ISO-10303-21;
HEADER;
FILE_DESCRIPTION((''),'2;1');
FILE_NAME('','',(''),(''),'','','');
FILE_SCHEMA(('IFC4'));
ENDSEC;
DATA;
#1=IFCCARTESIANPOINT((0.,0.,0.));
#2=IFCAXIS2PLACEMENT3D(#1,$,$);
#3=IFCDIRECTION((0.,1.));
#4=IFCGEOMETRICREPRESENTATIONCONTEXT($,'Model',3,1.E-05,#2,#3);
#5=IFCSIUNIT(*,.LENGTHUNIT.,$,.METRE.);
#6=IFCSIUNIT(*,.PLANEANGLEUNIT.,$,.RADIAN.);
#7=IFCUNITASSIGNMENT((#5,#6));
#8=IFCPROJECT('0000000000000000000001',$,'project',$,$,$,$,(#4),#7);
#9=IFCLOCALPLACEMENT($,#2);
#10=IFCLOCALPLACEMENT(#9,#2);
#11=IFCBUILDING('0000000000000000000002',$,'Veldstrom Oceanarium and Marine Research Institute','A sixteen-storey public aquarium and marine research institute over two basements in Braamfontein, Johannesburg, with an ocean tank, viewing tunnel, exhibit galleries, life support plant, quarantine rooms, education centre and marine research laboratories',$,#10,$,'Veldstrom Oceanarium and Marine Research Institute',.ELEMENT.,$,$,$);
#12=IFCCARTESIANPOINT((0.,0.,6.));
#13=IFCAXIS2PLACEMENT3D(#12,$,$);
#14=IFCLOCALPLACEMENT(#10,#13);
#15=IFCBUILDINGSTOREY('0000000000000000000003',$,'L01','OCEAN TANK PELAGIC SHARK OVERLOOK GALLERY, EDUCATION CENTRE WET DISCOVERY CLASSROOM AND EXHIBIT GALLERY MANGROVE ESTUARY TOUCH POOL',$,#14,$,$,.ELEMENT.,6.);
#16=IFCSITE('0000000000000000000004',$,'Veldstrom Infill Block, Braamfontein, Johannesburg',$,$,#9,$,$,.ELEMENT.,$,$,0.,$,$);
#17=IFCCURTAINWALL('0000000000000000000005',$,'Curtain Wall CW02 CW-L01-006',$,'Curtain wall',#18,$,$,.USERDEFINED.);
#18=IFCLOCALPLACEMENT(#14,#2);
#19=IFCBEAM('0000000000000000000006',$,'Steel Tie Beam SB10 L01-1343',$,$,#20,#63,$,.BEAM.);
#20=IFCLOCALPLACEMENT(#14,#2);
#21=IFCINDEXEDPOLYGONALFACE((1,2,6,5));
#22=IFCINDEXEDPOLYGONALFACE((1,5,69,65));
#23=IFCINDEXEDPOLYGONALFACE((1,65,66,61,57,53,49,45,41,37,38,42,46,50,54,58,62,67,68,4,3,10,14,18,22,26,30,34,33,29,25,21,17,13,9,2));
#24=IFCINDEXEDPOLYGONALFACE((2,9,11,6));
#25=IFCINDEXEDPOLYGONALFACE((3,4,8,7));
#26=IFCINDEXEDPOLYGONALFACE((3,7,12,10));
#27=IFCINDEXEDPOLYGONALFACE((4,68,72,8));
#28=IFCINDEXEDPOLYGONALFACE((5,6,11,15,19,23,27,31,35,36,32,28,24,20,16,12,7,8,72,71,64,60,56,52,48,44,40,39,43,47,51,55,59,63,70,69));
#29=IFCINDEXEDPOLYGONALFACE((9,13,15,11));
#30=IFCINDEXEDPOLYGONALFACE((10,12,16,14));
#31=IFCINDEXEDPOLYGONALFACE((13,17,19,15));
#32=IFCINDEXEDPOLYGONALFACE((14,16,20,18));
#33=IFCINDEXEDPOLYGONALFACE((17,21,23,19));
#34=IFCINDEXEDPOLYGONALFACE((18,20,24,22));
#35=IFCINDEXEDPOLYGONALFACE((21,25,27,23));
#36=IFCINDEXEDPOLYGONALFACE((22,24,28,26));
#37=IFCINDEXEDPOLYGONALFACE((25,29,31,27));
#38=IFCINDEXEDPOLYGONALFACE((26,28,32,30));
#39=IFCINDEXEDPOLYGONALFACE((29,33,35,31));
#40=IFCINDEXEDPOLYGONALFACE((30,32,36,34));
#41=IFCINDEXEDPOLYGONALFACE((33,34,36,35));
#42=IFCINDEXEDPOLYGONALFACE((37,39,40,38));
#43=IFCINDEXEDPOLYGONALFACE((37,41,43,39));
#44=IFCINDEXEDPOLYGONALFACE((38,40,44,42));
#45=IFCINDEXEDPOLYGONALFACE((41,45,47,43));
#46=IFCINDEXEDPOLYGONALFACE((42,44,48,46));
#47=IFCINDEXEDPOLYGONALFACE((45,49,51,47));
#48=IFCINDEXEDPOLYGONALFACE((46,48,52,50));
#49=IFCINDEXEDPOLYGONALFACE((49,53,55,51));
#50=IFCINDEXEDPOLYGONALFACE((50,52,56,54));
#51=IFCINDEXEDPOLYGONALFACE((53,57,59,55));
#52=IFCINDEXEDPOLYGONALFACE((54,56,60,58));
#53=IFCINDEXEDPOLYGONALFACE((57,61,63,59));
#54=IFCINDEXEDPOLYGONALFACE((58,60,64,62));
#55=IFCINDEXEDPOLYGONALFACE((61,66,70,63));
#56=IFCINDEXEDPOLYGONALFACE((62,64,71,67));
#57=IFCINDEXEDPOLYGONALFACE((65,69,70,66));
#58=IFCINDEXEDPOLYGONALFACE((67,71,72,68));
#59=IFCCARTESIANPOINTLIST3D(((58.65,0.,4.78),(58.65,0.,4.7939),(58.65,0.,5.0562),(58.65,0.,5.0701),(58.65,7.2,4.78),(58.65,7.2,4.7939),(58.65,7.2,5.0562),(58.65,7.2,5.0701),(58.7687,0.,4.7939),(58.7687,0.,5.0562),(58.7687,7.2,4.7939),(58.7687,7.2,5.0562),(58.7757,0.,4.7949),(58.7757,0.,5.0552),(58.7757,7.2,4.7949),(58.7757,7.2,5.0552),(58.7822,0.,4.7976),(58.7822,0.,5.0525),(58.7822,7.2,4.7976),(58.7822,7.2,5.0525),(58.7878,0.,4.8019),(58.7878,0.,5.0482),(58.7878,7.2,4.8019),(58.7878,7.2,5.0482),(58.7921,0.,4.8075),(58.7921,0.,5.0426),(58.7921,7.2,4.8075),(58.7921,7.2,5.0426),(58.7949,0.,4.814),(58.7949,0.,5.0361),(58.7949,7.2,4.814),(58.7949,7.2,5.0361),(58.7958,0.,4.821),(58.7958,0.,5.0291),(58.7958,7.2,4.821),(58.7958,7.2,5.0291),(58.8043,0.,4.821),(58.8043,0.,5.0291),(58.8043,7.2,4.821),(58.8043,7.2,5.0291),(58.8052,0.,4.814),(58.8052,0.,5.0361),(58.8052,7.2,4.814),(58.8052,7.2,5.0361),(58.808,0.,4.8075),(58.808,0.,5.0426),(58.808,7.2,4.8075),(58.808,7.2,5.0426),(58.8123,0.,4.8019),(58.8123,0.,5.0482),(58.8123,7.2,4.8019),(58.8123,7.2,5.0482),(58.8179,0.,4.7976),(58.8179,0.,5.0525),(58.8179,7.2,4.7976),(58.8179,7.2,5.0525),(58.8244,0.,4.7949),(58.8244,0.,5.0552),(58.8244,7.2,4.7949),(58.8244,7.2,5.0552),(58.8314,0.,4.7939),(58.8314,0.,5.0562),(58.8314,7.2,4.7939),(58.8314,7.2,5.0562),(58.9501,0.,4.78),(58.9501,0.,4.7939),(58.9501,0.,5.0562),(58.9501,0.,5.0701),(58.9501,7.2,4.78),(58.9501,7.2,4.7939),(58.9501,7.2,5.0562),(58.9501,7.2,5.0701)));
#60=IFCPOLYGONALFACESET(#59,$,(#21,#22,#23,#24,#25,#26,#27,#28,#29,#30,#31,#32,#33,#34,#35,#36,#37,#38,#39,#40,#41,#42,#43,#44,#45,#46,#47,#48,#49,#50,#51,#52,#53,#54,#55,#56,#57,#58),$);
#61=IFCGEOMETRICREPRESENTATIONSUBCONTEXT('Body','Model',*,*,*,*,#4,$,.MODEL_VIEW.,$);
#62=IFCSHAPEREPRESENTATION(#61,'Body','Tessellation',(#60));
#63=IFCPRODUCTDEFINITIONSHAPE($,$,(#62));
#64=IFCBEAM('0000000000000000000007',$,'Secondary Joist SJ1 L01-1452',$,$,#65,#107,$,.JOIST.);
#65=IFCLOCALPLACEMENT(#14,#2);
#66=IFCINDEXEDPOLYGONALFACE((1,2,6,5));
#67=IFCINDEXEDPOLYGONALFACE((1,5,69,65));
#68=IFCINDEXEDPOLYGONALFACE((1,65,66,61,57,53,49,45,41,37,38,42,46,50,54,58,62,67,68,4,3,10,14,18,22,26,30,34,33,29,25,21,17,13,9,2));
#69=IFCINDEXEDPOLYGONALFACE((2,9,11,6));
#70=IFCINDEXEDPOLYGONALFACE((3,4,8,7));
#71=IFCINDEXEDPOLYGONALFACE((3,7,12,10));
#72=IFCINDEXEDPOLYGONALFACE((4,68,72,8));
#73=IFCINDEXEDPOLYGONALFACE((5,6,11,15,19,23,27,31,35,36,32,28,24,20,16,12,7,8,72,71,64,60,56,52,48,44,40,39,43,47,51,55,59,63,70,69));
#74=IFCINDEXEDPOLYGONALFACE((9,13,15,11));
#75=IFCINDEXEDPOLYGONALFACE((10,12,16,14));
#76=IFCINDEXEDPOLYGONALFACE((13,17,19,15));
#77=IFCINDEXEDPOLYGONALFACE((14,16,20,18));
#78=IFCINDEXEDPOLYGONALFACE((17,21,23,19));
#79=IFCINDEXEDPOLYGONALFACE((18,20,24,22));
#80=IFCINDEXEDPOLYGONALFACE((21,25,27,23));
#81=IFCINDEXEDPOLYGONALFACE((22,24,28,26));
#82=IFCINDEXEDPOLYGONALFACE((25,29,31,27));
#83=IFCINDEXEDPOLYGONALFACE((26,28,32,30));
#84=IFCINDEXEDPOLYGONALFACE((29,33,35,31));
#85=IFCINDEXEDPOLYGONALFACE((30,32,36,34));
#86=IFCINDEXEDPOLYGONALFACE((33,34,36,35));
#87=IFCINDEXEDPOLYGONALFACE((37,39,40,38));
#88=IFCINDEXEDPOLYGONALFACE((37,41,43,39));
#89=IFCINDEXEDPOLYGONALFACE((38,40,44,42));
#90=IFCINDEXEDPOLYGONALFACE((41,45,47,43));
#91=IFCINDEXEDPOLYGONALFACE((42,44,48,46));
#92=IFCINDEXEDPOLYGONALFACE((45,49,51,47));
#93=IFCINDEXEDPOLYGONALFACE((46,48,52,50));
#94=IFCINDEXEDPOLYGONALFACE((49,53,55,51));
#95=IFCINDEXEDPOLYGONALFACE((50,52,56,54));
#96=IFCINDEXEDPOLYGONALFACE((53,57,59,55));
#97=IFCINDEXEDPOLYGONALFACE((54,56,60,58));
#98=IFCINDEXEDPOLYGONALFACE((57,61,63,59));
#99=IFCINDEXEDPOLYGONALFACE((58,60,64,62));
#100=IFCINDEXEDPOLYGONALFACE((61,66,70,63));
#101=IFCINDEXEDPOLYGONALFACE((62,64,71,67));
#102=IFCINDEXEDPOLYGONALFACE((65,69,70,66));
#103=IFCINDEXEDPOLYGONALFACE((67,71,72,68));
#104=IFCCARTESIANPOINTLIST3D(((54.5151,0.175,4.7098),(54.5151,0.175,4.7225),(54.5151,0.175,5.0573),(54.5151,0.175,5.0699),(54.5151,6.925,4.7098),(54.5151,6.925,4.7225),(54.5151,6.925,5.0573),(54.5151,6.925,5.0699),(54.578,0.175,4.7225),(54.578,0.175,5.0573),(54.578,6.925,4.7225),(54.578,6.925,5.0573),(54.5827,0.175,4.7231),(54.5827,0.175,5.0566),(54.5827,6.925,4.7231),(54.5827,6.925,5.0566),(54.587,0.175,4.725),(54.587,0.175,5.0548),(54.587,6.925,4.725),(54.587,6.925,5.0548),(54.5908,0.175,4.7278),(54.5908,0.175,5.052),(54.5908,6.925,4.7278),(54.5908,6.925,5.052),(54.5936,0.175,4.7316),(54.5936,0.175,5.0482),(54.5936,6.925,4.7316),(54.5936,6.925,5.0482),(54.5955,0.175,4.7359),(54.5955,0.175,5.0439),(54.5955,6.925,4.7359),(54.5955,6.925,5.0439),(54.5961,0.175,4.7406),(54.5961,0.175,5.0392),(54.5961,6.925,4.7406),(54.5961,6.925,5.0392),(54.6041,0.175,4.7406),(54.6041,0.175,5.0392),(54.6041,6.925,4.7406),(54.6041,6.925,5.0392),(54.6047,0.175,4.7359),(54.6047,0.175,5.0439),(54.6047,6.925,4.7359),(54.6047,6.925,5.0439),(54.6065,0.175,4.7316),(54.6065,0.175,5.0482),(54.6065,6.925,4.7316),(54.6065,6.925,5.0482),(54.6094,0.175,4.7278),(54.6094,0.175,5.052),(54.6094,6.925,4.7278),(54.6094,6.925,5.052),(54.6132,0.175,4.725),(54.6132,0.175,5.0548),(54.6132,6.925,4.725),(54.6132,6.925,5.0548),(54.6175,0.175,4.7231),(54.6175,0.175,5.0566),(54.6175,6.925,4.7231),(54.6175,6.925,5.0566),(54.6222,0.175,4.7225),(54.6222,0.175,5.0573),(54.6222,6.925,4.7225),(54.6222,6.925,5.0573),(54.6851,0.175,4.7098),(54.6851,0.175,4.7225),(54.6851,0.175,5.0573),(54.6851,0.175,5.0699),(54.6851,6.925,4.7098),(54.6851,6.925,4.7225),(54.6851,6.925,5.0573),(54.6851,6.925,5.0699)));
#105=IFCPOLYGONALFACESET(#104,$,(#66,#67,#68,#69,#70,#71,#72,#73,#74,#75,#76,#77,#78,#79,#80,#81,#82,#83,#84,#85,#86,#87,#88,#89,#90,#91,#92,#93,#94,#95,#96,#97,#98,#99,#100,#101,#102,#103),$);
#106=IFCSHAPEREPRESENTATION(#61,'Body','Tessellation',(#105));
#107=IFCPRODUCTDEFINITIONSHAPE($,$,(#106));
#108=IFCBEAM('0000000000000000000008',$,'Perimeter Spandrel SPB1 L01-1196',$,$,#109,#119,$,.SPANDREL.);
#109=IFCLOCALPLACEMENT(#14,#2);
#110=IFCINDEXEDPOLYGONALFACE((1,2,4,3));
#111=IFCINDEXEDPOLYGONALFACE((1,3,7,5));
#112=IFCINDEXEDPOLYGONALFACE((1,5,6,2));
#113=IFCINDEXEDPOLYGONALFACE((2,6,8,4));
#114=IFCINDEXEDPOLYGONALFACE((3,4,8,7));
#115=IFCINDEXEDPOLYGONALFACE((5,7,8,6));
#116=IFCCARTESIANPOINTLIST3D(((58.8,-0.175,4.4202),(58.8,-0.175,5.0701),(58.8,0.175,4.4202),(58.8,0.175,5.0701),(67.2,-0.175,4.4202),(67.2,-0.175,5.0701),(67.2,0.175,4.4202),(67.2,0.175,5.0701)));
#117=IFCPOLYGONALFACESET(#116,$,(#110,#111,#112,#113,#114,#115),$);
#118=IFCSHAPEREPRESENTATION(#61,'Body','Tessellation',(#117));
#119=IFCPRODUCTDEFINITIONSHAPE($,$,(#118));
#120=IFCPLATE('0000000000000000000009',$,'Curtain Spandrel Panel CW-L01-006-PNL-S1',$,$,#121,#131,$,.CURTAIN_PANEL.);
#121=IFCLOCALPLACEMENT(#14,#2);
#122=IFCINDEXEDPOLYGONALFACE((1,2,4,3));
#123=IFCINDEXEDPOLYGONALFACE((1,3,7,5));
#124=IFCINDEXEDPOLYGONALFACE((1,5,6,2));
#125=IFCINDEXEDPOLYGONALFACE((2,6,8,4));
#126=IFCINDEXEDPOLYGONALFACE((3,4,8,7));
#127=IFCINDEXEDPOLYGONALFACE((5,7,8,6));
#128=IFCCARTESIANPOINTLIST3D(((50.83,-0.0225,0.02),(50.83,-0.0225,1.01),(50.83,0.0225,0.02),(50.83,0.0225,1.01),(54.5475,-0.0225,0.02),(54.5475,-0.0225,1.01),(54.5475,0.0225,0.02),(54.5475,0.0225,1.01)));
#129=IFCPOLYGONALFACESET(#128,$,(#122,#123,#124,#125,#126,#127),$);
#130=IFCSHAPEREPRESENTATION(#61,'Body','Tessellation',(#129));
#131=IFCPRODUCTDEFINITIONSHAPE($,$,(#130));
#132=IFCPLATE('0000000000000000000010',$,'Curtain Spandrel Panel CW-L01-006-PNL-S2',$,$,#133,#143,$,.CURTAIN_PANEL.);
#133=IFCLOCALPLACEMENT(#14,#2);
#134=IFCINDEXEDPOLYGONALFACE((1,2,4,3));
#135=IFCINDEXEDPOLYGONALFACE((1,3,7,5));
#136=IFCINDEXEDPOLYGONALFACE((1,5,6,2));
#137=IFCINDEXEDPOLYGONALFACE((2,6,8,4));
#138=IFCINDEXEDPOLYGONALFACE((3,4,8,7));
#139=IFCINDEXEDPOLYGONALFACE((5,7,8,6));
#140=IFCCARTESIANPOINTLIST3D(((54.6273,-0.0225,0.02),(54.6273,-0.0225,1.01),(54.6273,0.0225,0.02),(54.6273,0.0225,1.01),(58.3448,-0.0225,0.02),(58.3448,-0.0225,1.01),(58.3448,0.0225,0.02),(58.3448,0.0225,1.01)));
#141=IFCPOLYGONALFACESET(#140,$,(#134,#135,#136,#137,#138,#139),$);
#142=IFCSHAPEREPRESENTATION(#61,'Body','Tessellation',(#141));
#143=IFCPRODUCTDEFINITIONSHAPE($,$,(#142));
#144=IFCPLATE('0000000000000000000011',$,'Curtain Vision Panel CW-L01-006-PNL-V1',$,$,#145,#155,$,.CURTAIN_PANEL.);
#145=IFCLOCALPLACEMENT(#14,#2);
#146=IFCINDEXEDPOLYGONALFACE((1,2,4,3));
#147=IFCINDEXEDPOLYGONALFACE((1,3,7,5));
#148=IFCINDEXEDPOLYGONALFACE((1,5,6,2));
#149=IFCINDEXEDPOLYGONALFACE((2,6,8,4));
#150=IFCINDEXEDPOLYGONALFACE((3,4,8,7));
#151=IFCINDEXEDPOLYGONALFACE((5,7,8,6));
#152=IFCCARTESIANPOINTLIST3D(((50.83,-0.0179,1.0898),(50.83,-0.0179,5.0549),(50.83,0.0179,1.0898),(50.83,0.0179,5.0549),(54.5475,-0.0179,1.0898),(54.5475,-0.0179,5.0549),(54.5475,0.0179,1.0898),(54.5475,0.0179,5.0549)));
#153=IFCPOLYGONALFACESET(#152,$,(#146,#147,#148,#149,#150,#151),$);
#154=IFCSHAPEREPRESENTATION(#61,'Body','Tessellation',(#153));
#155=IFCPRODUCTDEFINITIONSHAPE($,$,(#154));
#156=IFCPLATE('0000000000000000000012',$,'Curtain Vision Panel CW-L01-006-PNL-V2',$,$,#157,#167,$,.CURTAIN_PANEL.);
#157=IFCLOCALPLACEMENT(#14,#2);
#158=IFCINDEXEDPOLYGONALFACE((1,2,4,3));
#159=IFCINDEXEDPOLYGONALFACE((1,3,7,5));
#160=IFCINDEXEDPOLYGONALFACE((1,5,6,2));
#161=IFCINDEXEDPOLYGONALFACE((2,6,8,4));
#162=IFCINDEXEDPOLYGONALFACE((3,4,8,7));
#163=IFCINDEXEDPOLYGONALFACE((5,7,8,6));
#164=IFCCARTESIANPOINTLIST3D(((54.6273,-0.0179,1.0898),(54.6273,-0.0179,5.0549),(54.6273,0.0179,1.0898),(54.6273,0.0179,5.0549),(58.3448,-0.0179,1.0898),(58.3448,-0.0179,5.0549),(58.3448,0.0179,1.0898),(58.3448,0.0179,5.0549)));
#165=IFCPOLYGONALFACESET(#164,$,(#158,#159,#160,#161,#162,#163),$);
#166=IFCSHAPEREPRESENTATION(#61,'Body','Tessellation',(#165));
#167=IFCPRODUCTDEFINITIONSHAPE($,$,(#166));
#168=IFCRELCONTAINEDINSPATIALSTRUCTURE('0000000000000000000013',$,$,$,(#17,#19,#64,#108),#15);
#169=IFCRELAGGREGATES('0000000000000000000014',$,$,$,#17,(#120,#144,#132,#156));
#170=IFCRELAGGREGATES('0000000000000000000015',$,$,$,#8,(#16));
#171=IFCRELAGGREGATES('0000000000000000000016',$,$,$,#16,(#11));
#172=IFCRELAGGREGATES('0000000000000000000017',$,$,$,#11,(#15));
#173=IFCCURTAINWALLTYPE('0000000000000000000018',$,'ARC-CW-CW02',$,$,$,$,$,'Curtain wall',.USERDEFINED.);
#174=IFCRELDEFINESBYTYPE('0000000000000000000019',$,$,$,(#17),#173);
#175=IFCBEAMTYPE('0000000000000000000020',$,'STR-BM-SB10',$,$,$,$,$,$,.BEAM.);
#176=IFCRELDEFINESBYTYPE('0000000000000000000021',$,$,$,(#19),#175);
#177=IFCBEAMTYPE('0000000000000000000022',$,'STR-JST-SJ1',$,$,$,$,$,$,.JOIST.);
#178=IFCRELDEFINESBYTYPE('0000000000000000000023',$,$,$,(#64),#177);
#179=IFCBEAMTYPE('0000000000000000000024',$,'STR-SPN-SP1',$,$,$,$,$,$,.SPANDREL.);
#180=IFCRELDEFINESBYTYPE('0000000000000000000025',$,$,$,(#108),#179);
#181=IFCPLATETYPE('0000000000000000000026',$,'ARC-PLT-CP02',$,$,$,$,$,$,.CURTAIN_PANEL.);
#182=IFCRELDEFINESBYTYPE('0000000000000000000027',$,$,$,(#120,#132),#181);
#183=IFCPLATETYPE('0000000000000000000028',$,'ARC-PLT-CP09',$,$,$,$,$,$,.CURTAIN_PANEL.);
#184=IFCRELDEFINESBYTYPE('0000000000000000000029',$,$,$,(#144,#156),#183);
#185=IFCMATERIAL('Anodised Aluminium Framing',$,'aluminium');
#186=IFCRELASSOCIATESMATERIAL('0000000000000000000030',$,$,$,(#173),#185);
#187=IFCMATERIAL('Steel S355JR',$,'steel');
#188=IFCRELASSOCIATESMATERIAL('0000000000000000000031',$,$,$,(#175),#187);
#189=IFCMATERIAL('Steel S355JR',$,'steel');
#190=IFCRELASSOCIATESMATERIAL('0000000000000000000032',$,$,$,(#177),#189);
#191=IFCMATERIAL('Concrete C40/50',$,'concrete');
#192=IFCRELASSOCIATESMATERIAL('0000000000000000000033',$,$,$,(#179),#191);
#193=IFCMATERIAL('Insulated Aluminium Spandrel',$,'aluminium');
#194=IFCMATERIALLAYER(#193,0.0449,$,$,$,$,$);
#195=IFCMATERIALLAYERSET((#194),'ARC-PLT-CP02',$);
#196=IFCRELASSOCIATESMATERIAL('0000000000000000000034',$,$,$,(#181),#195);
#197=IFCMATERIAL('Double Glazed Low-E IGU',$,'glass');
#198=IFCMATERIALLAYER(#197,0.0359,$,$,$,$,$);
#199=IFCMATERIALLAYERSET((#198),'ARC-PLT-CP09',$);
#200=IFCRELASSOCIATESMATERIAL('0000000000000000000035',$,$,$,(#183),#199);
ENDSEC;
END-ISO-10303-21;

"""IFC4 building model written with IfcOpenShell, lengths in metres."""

from ifc_helpers import new_model, si_unit, direction, frame, origin, origin_2d, place, context, subcontext, project, spatial, rectangle, i_section, extrude, material, layer, layer_set, material_profile, profile_set, type_object, element, aggregate, save


model = new_model("IFC4")

# Units and contexts
model_context = context("Model", 3, precision=1e-05, world=origin(), true_north=direction((0.0, 1.0)))
body_context = subcontext(model_context, "Body", "Model", "MODEL_VIEW")
ifc_project = project(units=[si_unit("LENGTHUNIT", "METRE"), si_unit("PLANEANGLEUNIT", "RADIAN")], contexts=[model_context])

# Site, building, storey
site_placement = place(None, origin())
site = spatial("IfcSite", under=ifc_project, at=site_placement, Name="Veldstrom Infill Block, Braamfontein, Johannesburg", CompositionType="ELEMENT", RefElevation=0.0)
building_placement = place(site_placement, origin())
building = spatial("IfcBuilding", under=site, at=building_placement, Name="Veldstrom Oceanarium and Marine Research Institute", Description="A sixteen-storey public aquarium and marine research institute over two basements in Braamfontein, Johannesburg, with an ocean tank, viewing tunnel, exhibit galleries, life support plant, quarantine rooms, education centre and marine research laboratories", LongName="Veldstrom Oceanarium and Marine Research Institute", CompositionType="ELEMENT")
storey_placement = place(building_placement, frame((0.0, 0.0, 6.0)))
storey = spatial("IfcBuildingStorey", under=building, at=storey_placement, Name="L01", Description="OCEAN TANK PELAGIC SHARK OVERLOOK GALLERY, EDUCATION CENTRE WET DISCOVERY CLASSROOM AND EXHIBIT GALLERY MANGROVE ESTUARY TOUCH POOL", CompositionType="ELEMENT", Elevation=6.0)

# Curtain wall
ifc_material_1 = material(Name="Anodised Aluminium Framing", Category="aluminium")
curtain_wall_type = type_object("IfcCurtainWallType", Name="ARC-CW-CW02", ElementType="Curtain wall", PredefinedType="USERDEFINED", material=ifc_material_1)
curtain_wall_placement = place(storey_placement, origin())
curtain_wall = element("IfcCurtainWall", 1, at=curtain_wall_placement, inside=storey, type_object=curtain_wall_type, Name="Curtain Wall CW02 CW-L01-006", ObjectType="Curtain wall", PredefinedType="USERDEFINED")

# Beams
ifc_material_2 = material(Name="Steel S355JR", Category="steel")
ifc_material_profile_1 = material_profile(ifc_material_2, i_section(OverallWidth=0.3, OverallDepth=0.29, WebThickness=0.0085, FlangeThickness=0.0139, FilletRadius=0.0271, at=origin_2d()), Name="HEA 300")
ifc_profile_set_1 = profile_set([ifc_material_profile_1], Name="Steel S355JR")
beam_type_1 = type_object("IfcBeamType", Name="STR-BM-SB10", PredefinedType="BEAM", material=ifc_profile_set_1)
beam_1_placement = place(storey_placement, frame((58.8, 0.0, 4.925), z_axis=(0.0, 1.0, 0.0), x_axis=(-1.0, 0.0, 0.0)))
element("IfcBeam", 2, at=beam_1_placement, inside=storey, type_object=beam_type_1, Name="Steel Tie Beam SB10 L01-1343", PredefinedType="BEAM", context=body_context, shape_type="SweptSolid", body=[
    extrude(i_section(OverallWidth=0.3, OverallDepth=0.29, WebThickness=0.0085, FlangeThickness=0.0139, FilletRadius=0.0271, at=origin_2d()), origin(), (0.0, 0.0, 1.0), 7.2),
])
ifc_material_3 = material(Name="Steel S355JR", Category="steel")
ifc_material_profile_2 = material_profile(ifc_material_3, i_section(OverallWidth=0.1699, OverallDepth=0.3601, WebThickness=0.0081, FlangeThickness=0.0127, FilletRadius=0.0181, at=origin_2d()), Name="IPE 360")
ifc_profile_set_2 = profile_set([ifc_material_profile_2], Name="Steel S355JR")
beam_type_2 = type_object("IfcBeamType", Name="STR-JST-SJ1", PredefinedType="JOIST", material=ifc_profile_set_2)
beam_2_placement = place(storey_placement, frame((54.6001, 0.175, 4.8899), z_axis=(0.0, 1.0, 0.0), x_axis=(-1.0, 0.0, 0.0)))
element("IfcBeam", 3, at=beam_2_placement, inside=storey, type_object=beam_type_2, Name="Secondary Joist SJ1 L01-1452", PredefinedType="JOIST", context=body_context, shape_type="SweptSolid", body=[
    extrude(i_section(OverallWidth=0.1699, OverallDepth=0.3601, WebThickness=0.0081, FlangeThickness=0.0127, FilletRadius=0.0181, at=origin_2d()), origin(), (0.0, 0.0, 1.0), 6.75),
])
ifc_material_4 = material(Name="Concrete C40/50", Category="concrete")
ifc_material_profile_3 = material_profile(ifc_material_4, rectangle(XDim=0.3501, YDim=0.6499, at=origin_2d()), Name="RC-SPN-350x650")
ifc_profile_set_3 = profile_set([ifc_material_profile_3], Name="Concrete C40/50")
beam_type_3 = type_object("IfcBeamType", Name="STR-SPN-SP1", PredefinedType="SPANDREL", material=ifc_profile_set_3)
beam_3_placement = place(storey_placement, frame((58.8, 0.0, 4.7451), z_axis=(1.0, 0.0, 0.0), x_axis=(0.0, 1.0, 0.0)))
element("IfcBeam", 4, at=beam_3_placement, inside=storey, type_object=beam_type_3, Name="Perimeter Spandrel SPB1 L01-1196", PredefinedType="SPANDREL", context=body_context, shape_type="SweptSolid", body=[
    extrude(rectangle(XDim=0.3501, YDim=0.6499, at=origin_2d()), origin(), (0.0, 0.0, 1.0), 8.3999),
])

# Plates
ifc_material_5 = material(Name="Insulated Aluminium Spandrel", Category="aluminium")
ifc_layer_1 = layer(ifc_material_5, 0.0449)
ifc_layer_set_1 = layer_set([ifc_layer_1], Name="ARC-PLT-CP02")
plate_type_1 = type_object("IfcPlateType", Name="ARC-PLT-CP02", PredefinedType="CURTAIN_PANEL", material=ifc_layer_set_1)
plate_1_placement = place(storey_placement, frame((52.6887, 0.0, 0.02), z_axis=(0.0, 0.0, 1.0), x_axis=(1.0, 0.0, 0.0)))
plate_1 = element("IfcPlate", 5, at=plate_1_placement, type_object=plate_type_1, Name="Curtain Spandrel Panel CW-L01-006-PNL-S1", PredefinedType="CURTAIN_PANEL", context=body_context, shape_type="SweptSolid", body=[
    extrude(rectangle(XDim=3.7175, YDim=0.0449, at=origin_2d()), origin(), (0.0, 0.0, 1.0), 0.99),
])
plate_2_placement = place(storey_placement, frame((56.4861, 0.0, 0.02), z_axis=(0.0, 0.0, 1.0), x_axis=(1.0, 0.0, 0.0)))
plate_2 = element("IfcPlate", 6, at=plate_2_placement, type_object=plate_type_1, Name="Curtain Spandrel Panel CW-L01-006-PNL-S2", PredefinedType="CURTAIN_PANEL", context=body_context, shape_type="SweptSolid", body=[
    extrude(rectangle(XDim=3.7175, YDim=0.0449, at=origin_2d()), origin(), (0.0, 0.0, 1.0), 0.99),
])
ifc_material_6 = material(Name="Double Glazed Low-E IGU", Category="glass")
ifc_layer_2 = layer(ifc_material_6, 0.0359)
ifc_layer_set_2 = layer_set([ifc_layer_2], Name="ARC-PLT-CP09")
plate_type_2 = type_object("IfcPlateType", Name="ARC-PLT-CP09", PredefinedType="CURTAIN_PANEL", material=ifc_layer_set_2)
plate_3_placement = place(storey_placement, frame((52.6887, 0.0, 1.0898), z_axis=(0.0, 0.0, 1.0), x_axis=(1.0, 0.0, 0.0)))
plate_3 = element("IfcPlate", 7, at=plate_3_placement, type_object=plate_type_2, Name="Curtain Vision Panel CW-L01-006-PNL-V1", PredefinedType="CURTAIN_PANEL", context=body_context, shape_type="SweptSolid", body=[
    extrude(rectangle(XDim=3.7175, YDim=0.0359, at=origin_2d()), origin(), (0.0, 0.0, 1.0), 3.9651),
])
plate_4_placement = place(storey_placement, frame((56.4861, 0.0, 1.0898), z_axis=(0.0, 0.0, 1.0), x_axis=(1.0, 0.0, 0.0)))
plate_4 = element("IfcPlate", 8, at=plate_4_placement, type_object=plate_type_2, Name="Curtain Vision Panel CW-L01-006-PNL-V2", PredefinedType="CURTAIN_PANEL", context=body_context, shape_type="SweptSolid", body=[
    extrude(rectangle(XDim=3.7175, YDim=0.0359, at=origin_2d()), origin(), (0.0, 0.0, 1.0), 3.9651),
])
aggregate(curtain_wall, [plate_1, plate_3, plate_2, plate_4])

save(model, "model.ifc")
